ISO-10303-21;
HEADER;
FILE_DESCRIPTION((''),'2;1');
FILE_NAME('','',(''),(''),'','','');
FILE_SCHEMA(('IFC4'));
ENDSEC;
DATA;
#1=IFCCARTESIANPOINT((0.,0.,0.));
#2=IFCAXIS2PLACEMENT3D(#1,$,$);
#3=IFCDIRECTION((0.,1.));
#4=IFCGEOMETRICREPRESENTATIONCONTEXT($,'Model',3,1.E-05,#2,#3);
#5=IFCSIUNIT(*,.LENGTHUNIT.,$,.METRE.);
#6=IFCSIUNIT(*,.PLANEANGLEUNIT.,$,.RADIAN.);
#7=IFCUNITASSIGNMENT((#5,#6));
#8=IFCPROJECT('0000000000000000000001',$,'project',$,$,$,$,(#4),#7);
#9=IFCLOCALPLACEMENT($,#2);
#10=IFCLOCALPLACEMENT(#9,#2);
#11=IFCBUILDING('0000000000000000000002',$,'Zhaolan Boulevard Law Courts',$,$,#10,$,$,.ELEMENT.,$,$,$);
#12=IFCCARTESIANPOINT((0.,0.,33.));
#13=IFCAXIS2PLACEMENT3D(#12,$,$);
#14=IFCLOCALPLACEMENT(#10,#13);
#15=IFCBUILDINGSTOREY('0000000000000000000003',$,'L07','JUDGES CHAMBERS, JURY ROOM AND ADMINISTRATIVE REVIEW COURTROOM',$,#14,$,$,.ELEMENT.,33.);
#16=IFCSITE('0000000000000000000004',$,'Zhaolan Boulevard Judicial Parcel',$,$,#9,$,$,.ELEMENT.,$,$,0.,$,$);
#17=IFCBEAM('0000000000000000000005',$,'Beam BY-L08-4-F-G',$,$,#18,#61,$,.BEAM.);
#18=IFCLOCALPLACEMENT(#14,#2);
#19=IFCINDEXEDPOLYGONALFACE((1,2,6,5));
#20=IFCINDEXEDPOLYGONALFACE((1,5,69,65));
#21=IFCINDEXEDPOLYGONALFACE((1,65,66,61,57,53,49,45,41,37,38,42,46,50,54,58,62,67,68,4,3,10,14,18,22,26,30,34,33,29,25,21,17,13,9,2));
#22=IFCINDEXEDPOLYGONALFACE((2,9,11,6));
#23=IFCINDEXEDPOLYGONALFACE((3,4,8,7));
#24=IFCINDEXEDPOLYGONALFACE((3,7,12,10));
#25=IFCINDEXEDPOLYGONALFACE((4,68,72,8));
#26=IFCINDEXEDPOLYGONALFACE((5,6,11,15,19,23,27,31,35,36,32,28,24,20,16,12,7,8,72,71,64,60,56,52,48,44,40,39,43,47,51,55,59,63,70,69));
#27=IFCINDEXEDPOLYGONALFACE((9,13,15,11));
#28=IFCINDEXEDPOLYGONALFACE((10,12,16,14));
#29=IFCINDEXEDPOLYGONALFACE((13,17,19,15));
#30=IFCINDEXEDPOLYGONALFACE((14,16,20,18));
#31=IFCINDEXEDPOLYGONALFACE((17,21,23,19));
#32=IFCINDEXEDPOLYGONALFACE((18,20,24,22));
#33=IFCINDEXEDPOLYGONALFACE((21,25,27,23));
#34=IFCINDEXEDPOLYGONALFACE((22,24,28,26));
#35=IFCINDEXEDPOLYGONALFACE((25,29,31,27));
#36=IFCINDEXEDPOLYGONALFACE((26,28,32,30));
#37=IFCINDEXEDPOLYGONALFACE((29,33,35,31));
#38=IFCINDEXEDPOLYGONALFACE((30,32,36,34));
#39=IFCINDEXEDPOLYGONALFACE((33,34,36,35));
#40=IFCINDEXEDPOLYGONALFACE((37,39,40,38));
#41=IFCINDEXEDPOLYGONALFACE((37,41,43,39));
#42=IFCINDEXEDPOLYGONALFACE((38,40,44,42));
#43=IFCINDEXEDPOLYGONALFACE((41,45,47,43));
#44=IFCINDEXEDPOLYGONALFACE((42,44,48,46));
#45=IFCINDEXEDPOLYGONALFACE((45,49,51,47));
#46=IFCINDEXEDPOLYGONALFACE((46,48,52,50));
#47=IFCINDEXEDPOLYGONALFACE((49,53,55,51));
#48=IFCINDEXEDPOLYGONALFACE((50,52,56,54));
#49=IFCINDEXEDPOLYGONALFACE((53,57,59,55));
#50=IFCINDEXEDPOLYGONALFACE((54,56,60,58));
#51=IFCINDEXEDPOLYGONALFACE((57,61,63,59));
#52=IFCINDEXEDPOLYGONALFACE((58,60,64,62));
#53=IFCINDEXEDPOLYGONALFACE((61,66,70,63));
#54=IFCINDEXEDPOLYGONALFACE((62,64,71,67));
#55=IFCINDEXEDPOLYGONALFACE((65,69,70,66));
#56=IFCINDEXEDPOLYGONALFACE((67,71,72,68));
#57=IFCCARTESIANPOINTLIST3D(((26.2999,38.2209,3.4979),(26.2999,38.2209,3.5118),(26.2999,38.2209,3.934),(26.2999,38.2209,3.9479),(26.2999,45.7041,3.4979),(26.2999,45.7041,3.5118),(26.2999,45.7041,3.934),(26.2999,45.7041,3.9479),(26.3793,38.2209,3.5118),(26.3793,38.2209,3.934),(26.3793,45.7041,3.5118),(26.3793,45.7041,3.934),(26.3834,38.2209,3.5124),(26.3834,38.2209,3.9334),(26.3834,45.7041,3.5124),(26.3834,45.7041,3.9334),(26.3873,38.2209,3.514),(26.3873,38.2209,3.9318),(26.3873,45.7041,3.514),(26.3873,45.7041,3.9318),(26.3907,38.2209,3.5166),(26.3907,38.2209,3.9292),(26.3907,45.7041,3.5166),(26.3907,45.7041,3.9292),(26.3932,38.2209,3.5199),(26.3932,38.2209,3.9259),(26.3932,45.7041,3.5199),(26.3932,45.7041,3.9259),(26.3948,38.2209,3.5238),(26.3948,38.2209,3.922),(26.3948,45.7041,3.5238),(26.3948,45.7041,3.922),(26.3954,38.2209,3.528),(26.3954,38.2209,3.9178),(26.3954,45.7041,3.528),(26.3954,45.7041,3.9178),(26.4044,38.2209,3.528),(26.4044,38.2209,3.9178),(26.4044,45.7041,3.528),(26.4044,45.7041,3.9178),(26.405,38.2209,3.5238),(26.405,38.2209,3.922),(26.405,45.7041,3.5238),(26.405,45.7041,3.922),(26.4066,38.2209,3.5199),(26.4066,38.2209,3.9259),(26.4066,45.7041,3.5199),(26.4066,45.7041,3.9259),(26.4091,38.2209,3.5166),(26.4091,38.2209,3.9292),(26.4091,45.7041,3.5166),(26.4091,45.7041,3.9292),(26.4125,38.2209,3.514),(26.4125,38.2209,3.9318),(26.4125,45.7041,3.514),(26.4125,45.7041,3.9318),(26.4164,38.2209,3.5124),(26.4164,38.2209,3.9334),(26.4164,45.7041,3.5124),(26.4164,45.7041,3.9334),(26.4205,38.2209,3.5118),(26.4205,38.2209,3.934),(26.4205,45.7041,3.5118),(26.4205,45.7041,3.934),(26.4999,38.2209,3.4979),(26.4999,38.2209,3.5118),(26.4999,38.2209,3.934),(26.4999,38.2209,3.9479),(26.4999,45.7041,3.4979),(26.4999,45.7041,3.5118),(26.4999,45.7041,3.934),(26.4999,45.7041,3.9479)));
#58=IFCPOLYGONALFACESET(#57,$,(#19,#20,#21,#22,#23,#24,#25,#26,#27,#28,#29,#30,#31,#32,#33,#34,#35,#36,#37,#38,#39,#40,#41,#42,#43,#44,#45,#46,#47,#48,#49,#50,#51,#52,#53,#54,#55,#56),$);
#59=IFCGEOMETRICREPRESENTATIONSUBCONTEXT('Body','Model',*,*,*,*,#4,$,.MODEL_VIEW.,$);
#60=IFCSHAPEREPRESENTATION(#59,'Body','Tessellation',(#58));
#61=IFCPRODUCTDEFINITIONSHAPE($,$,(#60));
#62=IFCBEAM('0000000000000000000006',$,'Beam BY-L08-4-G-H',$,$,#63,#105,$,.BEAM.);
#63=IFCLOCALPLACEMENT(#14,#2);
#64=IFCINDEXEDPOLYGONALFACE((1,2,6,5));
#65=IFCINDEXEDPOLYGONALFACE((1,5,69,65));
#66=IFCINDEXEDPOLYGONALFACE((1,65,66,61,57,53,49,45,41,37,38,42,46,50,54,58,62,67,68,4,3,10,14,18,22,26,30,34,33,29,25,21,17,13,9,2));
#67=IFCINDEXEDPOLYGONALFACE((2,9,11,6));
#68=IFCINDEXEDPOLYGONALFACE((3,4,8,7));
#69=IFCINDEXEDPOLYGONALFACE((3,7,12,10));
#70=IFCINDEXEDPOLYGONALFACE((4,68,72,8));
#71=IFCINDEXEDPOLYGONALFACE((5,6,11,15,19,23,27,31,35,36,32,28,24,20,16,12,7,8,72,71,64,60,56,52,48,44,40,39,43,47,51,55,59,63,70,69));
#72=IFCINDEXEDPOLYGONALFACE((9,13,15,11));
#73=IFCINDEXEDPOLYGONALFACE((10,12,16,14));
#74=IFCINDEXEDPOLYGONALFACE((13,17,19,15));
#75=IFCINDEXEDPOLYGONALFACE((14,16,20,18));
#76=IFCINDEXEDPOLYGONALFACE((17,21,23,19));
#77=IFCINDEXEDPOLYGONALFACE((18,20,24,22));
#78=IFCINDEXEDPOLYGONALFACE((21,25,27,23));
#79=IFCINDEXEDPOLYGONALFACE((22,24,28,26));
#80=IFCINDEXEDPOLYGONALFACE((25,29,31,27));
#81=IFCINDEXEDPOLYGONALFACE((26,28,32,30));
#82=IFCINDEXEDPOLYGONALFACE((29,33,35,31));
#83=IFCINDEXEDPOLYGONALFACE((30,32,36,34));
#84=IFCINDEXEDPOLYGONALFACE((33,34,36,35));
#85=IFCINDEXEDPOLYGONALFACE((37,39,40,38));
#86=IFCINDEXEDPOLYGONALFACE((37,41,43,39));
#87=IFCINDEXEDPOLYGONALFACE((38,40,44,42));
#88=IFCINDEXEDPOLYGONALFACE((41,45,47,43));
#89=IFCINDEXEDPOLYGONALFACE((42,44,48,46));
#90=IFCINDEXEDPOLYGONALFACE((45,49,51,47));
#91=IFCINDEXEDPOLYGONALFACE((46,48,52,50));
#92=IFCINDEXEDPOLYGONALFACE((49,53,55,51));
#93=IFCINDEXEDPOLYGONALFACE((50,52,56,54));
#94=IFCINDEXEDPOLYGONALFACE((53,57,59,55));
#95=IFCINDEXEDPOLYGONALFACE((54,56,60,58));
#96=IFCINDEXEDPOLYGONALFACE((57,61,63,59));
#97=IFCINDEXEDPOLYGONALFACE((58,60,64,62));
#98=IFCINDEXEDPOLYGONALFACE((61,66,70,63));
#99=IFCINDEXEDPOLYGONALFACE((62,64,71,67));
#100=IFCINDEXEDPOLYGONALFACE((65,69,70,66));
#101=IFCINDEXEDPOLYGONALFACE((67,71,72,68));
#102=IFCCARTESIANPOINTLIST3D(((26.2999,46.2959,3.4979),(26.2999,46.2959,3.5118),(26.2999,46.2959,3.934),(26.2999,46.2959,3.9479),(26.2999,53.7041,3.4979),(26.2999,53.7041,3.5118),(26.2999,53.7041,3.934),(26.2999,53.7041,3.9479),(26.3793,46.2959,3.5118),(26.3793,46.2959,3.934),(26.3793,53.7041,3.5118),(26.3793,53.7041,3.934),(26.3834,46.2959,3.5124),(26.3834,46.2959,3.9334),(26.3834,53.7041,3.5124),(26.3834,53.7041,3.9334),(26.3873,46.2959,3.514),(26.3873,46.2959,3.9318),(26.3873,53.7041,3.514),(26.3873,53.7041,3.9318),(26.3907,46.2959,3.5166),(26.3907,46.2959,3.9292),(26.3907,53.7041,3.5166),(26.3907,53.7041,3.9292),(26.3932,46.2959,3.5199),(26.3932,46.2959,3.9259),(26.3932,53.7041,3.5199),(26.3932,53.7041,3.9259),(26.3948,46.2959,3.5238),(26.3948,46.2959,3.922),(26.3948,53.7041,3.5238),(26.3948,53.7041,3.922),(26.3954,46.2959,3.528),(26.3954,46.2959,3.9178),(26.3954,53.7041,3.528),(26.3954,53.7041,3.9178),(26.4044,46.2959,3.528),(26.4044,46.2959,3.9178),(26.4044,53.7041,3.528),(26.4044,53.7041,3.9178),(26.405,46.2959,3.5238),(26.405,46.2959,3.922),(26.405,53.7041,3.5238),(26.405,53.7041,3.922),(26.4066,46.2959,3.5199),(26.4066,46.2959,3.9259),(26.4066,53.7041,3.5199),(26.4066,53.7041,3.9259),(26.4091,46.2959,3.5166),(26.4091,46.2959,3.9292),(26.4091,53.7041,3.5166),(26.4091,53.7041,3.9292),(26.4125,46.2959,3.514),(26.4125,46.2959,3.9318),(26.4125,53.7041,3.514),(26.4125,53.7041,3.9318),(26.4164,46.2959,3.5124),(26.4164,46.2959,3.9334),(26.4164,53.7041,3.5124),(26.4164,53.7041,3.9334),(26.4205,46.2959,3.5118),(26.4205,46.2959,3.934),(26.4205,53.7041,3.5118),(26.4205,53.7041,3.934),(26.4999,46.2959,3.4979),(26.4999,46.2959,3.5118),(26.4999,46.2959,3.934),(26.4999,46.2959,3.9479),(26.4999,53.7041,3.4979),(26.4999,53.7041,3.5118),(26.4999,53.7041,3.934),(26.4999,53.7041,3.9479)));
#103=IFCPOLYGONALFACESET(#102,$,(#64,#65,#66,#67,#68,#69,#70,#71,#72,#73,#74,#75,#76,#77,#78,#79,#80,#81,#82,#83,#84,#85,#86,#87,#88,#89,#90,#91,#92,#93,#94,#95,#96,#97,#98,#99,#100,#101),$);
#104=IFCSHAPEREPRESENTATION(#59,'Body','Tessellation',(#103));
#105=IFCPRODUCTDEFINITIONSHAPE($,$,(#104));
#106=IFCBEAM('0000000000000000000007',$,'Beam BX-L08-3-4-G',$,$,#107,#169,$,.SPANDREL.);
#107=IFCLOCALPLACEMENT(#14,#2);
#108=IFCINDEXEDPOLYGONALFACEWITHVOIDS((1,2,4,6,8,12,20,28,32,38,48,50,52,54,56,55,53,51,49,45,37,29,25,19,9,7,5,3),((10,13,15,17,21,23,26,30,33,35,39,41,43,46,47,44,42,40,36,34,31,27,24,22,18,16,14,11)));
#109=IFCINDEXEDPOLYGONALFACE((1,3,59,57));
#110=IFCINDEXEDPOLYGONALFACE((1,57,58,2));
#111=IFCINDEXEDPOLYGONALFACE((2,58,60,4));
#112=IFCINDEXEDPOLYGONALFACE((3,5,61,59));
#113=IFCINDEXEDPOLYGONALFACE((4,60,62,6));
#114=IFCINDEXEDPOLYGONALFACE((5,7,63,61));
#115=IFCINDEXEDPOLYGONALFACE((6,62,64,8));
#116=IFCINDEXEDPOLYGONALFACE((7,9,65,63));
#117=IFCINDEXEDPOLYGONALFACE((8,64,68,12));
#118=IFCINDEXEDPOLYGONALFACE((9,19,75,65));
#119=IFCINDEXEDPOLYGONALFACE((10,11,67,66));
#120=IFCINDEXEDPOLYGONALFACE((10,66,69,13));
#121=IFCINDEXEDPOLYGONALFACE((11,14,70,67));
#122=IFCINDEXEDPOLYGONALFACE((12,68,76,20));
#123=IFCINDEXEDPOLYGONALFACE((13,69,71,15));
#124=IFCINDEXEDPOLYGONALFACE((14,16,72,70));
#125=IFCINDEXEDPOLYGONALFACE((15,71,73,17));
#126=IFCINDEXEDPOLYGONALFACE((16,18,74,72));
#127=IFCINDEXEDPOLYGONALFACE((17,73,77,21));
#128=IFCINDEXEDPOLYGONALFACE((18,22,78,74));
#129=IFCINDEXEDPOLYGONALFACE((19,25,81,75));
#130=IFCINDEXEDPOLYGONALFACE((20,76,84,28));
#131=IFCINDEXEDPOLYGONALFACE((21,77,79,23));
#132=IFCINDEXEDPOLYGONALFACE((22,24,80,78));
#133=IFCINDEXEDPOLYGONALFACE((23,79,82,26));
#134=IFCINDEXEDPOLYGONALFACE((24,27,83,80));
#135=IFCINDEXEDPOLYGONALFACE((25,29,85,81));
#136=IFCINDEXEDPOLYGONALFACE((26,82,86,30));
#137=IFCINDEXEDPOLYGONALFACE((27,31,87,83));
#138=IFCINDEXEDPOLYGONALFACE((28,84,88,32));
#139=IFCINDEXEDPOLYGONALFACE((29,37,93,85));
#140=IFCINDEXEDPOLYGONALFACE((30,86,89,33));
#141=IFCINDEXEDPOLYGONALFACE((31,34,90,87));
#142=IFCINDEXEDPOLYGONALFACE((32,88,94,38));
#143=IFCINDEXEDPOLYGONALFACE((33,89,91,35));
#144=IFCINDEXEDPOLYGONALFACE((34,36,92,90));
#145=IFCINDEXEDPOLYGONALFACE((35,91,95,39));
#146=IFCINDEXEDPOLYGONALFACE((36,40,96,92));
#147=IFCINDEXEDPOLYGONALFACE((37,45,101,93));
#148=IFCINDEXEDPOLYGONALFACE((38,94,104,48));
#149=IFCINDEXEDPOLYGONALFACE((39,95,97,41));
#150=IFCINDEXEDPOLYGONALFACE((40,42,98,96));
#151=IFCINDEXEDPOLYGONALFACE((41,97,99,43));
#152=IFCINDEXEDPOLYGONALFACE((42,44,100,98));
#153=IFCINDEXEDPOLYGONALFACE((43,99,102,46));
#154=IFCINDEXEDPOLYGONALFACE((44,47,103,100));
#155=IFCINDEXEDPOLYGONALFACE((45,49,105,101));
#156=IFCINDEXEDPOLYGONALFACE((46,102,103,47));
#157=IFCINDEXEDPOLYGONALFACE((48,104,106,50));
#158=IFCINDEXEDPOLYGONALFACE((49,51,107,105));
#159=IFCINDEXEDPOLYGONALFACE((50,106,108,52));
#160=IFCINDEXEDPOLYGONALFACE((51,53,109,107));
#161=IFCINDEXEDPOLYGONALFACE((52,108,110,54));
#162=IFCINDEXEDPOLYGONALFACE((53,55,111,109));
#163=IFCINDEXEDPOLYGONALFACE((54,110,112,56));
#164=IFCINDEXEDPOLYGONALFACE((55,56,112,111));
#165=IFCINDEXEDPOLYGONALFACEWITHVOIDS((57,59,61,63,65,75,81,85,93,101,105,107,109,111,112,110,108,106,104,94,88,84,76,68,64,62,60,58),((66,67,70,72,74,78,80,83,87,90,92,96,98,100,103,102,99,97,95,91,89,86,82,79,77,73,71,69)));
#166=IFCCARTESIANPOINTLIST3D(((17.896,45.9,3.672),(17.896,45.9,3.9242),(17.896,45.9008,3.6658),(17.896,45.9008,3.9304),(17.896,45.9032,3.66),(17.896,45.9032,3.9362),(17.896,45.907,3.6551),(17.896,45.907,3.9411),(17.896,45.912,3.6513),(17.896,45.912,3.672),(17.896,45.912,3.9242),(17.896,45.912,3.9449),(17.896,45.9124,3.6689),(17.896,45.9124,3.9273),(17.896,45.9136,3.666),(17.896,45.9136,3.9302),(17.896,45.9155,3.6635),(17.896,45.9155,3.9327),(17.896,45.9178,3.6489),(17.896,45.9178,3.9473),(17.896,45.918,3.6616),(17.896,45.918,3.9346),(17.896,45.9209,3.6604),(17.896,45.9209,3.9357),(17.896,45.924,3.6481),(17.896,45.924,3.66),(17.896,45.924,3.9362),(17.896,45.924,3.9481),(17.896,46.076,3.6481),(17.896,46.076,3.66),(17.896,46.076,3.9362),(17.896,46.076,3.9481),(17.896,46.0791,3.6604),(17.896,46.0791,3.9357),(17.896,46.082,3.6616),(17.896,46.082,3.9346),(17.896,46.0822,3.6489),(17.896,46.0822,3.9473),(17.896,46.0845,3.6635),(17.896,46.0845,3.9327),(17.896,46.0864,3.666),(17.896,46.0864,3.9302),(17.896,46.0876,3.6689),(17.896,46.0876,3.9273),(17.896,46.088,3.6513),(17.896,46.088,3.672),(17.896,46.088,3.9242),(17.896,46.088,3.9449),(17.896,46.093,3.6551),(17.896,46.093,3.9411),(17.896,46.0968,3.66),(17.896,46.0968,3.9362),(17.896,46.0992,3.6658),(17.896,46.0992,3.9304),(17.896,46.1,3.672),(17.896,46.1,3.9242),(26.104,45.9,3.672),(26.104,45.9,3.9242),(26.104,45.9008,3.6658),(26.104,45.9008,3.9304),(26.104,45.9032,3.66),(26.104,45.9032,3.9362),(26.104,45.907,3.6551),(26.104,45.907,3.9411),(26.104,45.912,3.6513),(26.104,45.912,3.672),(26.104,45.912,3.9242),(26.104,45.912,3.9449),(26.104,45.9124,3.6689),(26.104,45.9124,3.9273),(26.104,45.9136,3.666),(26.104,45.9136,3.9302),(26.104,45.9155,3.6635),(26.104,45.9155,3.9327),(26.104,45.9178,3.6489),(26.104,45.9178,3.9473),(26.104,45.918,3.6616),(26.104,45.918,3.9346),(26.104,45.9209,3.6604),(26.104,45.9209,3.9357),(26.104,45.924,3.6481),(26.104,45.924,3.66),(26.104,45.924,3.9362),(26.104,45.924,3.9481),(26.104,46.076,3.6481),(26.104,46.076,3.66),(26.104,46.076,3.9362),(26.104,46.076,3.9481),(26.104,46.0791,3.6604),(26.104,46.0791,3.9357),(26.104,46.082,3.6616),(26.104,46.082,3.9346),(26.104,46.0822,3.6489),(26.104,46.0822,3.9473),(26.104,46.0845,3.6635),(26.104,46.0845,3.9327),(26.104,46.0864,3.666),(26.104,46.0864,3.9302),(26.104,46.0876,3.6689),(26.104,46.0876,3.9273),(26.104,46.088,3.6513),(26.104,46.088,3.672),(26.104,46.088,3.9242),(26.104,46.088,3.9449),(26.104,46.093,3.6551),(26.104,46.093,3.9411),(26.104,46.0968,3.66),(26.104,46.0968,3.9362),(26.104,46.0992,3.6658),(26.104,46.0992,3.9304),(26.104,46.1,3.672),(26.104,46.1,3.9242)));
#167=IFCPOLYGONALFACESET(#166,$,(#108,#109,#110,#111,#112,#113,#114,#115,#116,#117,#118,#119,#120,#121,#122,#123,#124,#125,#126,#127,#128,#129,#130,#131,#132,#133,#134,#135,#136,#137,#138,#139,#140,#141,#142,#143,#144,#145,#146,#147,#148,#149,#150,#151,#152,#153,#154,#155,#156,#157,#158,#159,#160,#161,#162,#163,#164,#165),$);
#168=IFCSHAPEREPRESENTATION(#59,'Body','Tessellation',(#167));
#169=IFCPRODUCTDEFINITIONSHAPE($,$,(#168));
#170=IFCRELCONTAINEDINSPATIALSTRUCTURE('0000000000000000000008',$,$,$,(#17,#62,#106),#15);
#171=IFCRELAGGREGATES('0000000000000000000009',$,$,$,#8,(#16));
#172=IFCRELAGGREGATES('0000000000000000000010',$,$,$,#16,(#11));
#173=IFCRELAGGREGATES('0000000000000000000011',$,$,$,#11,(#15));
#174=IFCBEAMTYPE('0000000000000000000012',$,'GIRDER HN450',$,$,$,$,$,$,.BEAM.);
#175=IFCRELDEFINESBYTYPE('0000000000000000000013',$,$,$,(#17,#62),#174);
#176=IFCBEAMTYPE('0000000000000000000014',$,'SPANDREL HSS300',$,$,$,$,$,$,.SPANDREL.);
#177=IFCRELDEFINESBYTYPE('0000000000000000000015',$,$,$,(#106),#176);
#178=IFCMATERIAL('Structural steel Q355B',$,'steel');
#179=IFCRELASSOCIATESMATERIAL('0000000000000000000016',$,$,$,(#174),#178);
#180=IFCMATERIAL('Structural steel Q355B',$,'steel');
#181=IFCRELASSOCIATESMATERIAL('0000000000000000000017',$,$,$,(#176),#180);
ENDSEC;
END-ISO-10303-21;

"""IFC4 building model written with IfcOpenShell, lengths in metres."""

from ifc_helpers import new_model, si_unit, direction, frame, origin, origin_2d, place, context, subcontext, project, spatial, hollow_rectangle, i_section, extrude, material, material_profile, profile_set, type_object, element, save


model = new_model("IFC4")

# Units and contexts
model_context = context("Model", 3, precision=1e-05, world=origin(), true_north=direction((0.0, 1.0)))
body_context = subcontext(model_context, "Body", "Model", "MODEL_VIEW")
ifc_project = project(units=[si_unit("LENGTHUNIT", "METRE"), si_unit("PLANEANGLEUNIT", "RADIAN")], contexts=[model_context])

# Site, building, storey
site_placement = place(None, origin())
site = spatial("IfcSite", under=ifc_project, at=site_placement, Name="Zhaolan Boulevard Judicial Parcel", CompositionType="ELEMENT", RefElevation=0.0)
building_placement = place(site_placement, origin())
building = spatial("IfcBuilding", under=site, at=building_placement, Name="Zhaolan Boulevard Law Courts", CompositionType="ELEMENT")
storey_placement = place(building_placement, frame((0.0, 0.0, 33.0)))
storey = spatial("IfcBuildingStorey", under=building, at=storey_placement, Name="L07", Description="JUDGES CHAMBERS, JURY ROOM AND ADMINISTRATIVE REVIEW COURTROOM", CompositionType="ELEMENT", Elevation=33.0)

# Beams
ifc_material_1 = material(Name="Structural steel Q355B", Category="steel")
ifc_material_profile_1 = material_profile(ifc_material_1, i_section(OverallWidth=0.2, OverallDepth=0.45, WebThickness=0.009, FlangeThickness=0.0139, FilletRadius=0.0161, at=origin_2d()), Name="HN450x200")
ifc_profile_set_1 = profile_set([ifc_material_profile_1], Name="Structural steel Q355B")
beam_type_1 = type_object("IfcBeamType", Name="GIRDER HN450", PredefinedType="BEAM", material=ifc_profile_set_1)
beam_1_placement = place(storey_placement, frame((26.3999, 38.2209, 3.7229), z_axis=(0.0, 1.0, 0.0), x_axis=(-1.0, 0.0, 0.0)))
element("IfcBeam", 1, at=beam_1_placement, inside=storey, type_object=beam_type_1, Name="Beam BY-L08-4-F-G", PredefinedType="BEAM", context=body_context, shape_type="SweptSolid", body=[
    extrude(i_section(OverallWidth=0.2, OverallDepth=0.45, WebThickness=0.009, FlangeThickness=0.0139, FilletRadius=0.0161, at=origin_2d()), origin(), (0.0, 0.0, 1.0), 7.4832),
])
beam_2_placement = place(storey_placement, frame((26.3999, 46.2959, 3.7229), z_axis=(0.0, 1.0, 0.0), x_axis=(-1.0, 0.0, 0.0)))
element("IfcBeam", 2, at=beam_2_placement, inside=storey, type_object=beam_type_1, Name="Beam BY-L08-4-G-H", PredefinedType="BEAM", context=body_context, shape_type="SweptSolid", body=[
    extrude(i_section(OverallWidth=0.2, OverallDepth=0.45, WebThickness=0.009, FlangeThickness=0.0139, FilletRadius=0.0161, at=origin_2d()), origin(), (0.0, 0.0, 1.0), 7.4082),
])
ifc_material_2 = material(Name="Structural steel Q355B", Category="steel")
ifc_material_profile_2 = material_profile(ifc_material_2, hollow_rectangle(XDim=0.2, YDim=0.3, WallThickness=0.012, InnerFilletRadius=0.012, OuterFilletRadius=0.0239, at=origin_2d()), Name="HSS300x200x12")
ifc_profile_set_2 = profile_set([ifc_material_profile_2], Name="Structural steel Q355B")
beam_type_2 = type_object("IfcBeamType", Name="SPANDREL HSS300", PredefinedType="SPANDREL", material=ifc_profile_set_2)
beam_3_placement = place(storey_placement, frame((17.896, 46.0, 3.7981), z_axis=(1.0, 0.0, 0.0), x_axis=(0.0, 1.0, 0.0)))
element("IfcBeam", 3, at=beam_3_placement, inside=storey, type_object=beam_type_2, Name="Beam BX-L08-3-4-G", PredefinedType="SPANDREL", context=body_context, shape_type="SweptSolid", body=[
    extrude(hollow_rectangle(XDim=0.2, YDim=0.3, WallThickness=0.012, InnerFilletRadius=0.012, OuterFilletRadius=0.0239, at=origin_2d()), origin(), (0.0, 0.0, 1.0), 8.208),
])

save(model, "model.ifc")
